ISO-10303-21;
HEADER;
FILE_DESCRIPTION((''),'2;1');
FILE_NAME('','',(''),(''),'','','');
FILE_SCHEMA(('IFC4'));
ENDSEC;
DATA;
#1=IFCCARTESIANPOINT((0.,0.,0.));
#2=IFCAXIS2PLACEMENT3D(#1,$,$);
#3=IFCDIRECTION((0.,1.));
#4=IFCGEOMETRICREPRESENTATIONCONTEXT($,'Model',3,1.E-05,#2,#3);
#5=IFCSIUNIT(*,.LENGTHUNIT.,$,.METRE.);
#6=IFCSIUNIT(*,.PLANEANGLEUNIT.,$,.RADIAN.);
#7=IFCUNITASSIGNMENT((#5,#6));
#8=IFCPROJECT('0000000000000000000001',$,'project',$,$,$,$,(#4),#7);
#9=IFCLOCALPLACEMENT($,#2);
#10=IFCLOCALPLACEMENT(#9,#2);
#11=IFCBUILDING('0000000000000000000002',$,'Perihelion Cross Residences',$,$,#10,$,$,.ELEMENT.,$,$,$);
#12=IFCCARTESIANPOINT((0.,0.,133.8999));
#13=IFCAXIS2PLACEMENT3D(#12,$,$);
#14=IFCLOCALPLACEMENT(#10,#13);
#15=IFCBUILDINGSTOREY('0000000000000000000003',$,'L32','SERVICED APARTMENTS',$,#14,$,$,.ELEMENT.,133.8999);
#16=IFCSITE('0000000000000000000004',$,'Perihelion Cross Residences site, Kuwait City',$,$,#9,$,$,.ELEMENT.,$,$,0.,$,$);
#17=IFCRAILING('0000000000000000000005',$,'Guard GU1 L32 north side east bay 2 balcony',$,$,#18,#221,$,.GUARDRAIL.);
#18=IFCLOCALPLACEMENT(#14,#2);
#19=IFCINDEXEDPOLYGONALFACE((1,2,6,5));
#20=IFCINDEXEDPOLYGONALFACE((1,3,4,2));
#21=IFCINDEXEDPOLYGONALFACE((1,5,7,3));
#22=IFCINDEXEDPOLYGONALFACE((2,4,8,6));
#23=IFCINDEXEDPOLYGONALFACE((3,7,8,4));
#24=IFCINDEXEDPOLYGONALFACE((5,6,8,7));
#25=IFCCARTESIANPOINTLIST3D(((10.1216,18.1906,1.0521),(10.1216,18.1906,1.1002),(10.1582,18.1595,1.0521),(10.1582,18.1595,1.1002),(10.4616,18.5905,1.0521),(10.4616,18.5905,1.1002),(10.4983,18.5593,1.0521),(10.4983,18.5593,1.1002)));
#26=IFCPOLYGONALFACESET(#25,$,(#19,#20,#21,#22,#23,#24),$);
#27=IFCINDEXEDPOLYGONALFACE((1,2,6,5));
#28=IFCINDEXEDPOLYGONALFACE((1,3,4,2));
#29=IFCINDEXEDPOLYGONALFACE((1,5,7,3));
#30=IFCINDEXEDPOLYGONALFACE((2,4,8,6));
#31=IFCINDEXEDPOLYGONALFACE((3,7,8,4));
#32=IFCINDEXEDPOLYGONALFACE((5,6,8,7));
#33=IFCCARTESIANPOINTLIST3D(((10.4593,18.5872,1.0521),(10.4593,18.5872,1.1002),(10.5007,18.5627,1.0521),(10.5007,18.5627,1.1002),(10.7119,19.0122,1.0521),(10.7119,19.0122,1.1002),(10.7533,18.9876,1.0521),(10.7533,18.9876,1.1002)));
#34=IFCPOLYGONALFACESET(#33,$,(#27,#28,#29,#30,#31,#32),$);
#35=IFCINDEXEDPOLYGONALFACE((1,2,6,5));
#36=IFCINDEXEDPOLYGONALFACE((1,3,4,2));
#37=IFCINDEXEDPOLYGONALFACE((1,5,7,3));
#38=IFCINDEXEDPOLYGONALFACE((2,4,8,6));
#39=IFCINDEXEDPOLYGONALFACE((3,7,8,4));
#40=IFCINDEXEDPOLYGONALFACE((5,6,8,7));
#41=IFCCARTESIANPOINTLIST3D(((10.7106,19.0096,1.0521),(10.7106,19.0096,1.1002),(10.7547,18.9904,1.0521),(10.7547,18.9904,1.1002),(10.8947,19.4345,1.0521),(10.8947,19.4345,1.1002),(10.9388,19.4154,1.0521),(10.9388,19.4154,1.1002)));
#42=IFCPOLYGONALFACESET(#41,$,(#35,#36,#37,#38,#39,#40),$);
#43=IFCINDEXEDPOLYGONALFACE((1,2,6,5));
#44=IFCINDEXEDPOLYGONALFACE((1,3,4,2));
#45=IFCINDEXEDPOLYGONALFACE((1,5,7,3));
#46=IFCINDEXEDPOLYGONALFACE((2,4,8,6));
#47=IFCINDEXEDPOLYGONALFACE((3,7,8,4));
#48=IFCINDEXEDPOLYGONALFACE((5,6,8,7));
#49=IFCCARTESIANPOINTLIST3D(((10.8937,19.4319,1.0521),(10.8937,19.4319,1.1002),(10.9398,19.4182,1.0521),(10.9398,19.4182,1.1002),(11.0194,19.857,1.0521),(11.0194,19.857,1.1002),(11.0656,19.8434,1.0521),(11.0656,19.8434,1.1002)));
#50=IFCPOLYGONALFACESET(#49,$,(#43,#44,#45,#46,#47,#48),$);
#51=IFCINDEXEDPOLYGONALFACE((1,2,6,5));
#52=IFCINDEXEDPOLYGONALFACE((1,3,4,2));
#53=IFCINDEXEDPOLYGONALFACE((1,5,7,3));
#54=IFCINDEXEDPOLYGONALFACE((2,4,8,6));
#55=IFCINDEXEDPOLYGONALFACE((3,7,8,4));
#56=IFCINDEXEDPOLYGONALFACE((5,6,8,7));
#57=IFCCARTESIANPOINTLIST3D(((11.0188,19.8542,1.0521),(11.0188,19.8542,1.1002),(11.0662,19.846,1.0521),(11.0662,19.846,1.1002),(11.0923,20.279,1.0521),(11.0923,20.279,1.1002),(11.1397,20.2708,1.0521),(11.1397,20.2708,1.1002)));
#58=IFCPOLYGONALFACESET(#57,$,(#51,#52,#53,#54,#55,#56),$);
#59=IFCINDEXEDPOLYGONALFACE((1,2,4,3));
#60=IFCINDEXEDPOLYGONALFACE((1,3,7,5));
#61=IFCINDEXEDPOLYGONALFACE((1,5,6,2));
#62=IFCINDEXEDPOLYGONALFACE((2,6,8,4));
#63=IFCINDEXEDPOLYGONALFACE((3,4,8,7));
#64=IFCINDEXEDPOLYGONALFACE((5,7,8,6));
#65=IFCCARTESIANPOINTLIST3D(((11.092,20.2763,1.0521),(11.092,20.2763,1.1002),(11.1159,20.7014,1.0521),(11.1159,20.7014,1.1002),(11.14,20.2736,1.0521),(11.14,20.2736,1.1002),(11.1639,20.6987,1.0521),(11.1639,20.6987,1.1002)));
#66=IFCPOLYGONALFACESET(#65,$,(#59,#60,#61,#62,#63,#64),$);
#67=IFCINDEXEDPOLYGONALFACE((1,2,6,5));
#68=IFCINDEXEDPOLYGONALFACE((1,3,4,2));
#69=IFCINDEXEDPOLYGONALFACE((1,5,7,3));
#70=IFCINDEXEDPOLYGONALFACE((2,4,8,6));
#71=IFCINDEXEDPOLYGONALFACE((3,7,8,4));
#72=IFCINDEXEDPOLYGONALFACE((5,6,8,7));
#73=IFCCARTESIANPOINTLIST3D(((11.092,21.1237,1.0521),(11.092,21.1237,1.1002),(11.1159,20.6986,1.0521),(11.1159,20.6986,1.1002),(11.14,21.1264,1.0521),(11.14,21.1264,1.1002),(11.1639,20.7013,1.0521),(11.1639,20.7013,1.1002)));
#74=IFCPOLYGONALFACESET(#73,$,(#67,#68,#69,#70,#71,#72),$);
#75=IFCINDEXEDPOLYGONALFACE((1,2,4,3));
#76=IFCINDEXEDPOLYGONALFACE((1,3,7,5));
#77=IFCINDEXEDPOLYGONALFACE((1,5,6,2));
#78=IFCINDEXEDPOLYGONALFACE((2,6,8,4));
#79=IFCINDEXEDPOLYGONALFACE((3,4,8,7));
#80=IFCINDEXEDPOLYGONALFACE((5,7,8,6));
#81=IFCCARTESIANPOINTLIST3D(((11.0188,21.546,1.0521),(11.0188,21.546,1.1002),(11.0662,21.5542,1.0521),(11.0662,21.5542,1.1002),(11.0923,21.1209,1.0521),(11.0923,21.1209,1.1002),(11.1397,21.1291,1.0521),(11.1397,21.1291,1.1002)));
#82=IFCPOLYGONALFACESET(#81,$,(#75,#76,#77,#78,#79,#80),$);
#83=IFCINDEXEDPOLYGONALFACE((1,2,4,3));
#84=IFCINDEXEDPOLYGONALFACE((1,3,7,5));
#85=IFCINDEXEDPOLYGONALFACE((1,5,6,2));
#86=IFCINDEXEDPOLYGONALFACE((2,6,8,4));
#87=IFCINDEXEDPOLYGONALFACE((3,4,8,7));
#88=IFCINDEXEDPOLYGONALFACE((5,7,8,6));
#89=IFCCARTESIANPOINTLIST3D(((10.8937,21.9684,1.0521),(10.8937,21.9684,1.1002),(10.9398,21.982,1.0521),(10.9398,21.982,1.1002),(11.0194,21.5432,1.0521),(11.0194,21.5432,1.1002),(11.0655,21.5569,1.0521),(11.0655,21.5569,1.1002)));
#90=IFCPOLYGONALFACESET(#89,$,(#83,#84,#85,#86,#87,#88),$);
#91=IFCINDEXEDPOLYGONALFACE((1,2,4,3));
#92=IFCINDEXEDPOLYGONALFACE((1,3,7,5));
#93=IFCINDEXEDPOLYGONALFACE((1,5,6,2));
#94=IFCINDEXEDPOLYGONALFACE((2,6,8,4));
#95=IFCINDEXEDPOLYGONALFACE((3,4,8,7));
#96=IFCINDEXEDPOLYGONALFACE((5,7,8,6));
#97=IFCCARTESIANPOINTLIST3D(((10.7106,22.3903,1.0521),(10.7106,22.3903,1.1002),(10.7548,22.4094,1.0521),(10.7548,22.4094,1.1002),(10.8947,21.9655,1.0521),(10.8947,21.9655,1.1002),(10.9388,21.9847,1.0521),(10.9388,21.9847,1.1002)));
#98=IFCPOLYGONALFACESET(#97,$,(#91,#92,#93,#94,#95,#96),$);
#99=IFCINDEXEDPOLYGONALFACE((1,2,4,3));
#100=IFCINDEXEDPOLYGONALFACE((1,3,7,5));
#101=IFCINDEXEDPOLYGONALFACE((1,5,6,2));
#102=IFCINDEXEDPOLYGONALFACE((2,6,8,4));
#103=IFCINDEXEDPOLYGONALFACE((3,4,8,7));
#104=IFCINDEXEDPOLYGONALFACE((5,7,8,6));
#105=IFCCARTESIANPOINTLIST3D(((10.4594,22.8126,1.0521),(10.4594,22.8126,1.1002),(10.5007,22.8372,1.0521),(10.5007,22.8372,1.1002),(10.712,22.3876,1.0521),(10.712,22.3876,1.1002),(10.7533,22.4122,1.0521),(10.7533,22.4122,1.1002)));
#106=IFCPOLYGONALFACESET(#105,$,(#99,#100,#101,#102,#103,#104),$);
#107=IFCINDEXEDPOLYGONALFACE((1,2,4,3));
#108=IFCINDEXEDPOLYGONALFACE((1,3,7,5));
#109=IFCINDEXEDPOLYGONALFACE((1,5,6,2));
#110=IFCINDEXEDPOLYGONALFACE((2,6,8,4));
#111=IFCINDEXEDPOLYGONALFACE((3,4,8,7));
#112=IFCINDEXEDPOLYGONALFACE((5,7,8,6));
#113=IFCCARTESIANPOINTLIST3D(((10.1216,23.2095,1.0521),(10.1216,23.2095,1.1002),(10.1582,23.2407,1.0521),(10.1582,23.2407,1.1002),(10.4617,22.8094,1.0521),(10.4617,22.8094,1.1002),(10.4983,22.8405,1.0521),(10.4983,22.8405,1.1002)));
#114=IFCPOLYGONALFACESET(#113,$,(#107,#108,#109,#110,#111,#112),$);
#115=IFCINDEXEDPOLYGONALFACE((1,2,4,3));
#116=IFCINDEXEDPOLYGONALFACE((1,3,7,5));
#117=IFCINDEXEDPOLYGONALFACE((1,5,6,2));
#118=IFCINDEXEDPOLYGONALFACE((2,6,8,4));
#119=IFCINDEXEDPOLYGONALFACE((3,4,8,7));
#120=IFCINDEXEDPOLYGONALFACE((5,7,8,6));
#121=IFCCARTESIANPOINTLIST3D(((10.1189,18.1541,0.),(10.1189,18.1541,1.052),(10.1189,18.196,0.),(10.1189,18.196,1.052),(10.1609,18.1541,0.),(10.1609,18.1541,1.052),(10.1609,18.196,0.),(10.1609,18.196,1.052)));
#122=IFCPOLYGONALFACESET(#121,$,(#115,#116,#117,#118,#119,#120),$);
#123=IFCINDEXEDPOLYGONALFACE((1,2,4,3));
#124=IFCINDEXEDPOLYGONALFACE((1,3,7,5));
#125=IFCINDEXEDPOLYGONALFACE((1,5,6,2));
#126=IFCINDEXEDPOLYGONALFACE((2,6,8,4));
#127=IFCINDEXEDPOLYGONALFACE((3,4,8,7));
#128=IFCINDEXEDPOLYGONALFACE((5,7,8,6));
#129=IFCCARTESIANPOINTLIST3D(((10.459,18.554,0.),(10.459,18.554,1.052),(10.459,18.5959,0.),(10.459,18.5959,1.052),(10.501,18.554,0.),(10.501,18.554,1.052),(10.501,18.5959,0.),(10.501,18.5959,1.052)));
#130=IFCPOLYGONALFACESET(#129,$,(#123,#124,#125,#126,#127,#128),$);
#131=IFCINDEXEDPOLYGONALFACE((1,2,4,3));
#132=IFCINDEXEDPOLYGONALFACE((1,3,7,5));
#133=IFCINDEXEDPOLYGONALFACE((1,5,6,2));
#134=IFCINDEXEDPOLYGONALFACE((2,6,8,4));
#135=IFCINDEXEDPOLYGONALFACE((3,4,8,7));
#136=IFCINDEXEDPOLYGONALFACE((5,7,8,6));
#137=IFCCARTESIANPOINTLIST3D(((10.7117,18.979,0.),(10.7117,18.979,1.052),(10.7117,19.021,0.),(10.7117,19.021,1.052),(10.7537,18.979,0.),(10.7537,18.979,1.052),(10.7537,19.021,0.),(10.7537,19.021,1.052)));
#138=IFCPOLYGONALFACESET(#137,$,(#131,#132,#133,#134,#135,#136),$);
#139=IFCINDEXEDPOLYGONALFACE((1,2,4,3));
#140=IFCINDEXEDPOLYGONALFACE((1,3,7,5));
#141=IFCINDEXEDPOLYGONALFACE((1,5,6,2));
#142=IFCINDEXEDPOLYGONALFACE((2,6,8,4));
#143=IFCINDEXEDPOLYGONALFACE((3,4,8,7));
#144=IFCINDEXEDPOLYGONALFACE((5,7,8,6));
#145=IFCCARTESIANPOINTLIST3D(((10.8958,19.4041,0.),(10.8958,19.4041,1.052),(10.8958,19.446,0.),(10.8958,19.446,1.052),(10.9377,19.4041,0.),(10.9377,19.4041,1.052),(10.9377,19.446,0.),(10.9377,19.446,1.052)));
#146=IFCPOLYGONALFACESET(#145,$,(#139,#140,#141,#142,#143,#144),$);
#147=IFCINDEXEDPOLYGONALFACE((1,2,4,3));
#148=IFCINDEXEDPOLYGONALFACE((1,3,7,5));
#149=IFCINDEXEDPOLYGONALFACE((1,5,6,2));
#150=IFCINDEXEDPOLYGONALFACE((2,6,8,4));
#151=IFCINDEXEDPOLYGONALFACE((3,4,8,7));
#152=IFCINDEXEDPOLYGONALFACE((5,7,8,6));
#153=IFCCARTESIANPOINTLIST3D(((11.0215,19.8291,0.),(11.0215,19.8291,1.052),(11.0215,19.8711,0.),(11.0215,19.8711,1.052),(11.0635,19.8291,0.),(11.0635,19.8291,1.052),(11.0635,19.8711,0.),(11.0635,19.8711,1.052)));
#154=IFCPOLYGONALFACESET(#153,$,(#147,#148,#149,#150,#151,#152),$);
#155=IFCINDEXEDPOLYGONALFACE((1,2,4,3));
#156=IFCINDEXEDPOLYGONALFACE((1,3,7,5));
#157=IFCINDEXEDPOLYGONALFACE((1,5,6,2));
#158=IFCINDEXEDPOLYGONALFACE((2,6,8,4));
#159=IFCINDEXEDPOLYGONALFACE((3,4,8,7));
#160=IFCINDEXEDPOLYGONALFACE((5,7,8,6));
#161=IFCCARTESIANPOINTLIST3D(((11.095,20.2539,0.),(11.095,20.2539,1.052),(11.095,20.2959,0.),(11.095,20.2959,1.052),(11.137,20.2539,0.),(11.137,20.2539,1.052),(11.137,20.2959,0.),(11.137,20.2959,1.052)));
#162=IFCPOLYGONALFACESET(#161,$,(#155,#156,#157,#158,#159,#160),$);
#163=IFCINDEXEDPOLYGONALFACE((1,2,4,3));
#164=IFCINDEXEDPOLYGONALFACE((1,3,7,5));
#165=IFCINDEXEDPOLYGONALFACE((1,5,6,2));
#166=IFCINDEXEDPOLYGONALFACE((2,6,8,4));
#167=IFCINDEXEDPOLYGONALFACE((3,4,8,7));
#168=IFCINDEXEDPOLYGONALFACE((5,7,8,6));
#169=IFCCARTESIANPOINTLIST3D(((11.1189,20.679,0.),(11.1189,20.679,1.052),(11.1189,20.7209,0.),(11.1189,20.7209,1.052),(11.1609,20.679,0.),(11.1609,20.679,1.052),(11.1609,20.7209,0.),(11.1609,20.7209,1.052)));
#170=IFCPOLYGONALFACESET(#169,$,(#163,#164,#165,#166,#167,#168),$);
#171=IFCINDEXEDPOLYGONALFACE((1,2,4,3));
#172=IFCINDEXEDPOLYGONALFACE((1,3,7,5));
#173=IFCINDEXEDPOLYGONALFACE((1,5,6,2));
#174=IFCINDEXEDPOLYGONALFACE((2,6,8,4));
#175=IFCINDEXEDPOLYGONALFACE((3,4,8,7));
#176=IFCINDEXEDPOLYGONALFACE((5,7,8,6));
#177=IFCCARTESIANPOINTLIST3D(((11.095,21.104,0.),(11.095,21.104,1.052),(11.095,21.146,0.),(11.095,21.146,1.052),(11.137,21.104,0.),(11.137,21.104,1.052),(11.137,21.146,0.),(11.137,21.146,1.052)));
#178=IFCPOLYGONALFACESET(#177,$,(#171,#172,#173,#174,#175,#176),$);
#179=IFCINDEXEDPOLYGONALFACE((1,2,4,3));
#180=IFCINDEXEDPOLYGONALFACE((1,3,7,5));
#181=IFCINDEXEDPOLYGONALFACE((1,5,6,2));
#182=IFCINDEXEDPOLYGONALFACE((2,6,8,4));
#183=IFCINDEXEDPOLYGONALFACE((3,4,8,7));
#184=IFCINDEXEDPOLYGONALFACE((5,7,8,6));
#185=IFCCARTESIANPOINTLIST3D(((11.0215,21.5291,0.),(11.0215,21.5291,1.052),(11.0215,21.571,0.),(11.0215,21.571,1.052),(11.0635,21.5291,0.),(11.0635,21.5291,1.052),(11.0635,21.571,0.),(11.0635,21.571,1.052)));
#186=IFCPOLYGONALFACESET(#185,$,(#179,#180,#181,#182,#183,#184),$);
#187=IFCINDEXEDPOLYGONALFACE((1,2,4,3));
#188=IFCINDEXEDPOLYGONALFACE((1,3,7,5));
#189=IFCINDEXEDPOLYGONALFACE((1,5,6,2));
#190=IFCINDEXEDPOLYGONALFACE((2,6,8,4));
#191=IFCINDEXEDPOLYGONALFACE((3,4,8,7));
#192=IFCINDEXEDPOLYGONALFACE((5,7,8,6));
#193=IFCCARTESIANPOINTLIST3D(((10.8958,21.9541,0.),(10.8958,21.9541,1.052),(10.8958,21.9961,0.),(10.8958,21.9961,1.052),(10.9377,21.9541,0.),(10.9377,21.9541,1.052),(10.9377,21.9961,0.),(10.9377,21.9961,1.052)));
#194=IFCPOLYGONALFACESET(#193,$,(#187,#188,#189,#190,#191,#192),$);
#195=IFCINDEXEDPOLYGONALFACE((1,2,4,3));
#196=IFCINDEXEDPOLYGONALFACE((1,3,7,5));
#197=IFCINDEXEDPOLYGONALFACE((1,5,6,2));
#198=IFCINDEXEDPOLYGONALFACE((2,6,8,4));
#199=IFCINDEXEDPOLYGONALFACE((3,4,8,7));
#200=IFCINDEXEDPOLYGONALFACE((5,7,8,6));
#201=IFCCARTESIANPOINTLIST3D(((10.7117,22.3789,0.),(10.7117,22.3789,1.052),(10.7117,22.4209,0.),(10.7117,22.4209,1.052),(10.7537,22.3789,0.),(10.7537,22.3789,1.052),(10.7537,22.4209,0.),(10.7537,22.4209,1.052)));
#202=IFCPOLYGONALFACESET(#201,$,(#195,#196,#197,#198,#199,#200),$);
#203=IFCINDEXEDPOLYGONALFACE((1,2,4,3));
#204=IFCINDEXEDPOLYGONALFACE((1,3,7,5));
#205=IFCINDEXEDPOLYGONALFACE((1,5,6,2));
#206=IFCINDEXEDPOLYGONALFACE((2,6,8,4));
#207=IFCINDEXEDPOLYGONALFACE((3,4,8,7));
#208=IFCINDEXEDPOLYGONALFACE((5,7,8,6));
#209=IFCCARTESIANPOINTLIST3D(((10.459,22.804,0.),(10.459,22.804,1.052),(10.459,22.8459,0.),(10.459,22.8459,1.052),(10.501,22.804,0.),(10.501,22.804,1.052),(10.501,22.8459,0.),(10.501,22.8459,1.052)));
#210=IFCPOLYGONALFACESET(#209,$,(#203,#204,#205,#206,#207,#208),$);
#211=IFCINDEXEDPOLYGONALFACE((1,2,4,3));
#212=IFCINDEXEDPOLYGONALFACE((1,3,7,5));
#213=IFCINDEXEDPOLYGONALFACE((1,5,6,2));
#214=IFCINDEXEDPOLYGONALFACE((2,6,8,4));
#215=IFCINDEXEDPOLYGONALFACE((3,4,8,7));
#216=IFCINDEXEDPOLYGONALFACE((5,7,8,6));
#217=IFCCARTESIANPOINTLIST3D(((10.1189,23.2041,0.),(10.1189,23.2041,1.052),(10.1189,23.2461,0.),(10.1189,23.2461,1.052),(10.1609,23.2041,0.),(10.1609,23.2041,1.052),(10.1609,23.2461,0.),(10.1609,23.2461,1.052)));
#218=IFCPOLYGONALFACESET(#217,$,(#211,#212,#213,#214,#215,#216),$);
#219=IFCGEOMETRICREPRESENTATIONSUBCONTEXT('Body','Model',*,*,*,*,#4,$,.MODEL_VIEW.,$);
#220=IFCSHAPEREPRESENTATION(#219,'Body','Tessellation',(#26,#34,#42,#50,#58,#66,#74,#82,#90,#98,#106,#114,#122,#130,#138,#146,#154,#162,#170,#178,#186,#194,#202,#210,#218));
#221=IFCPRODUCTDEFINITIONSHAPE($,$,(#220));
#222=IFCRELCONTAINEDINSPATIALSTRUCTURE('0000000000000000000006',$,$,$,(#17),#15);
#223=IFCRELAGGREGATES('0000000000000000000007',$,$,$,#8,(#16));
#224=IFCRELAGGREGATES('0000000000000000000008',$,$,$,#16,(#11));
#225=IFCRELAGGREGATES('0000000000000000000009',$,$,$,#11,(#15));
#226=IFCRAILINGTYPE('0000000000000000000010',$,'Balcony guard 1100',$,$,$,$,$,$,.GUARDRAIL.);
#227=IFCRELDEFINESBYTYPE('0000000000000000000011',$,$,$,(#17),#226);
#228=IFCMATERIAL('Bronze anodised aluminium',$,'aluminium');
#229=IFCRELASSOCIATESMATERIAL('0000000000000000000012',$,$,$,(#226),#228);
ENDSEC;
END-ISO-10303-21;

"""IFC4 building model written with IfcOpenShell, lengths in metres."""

from ifc_helpers import new_model, si_unit, direction, frame, origin, origin_2d, place, context, subcontext, project, spatial, rectangle, extrude, material, type_object, element, save


model = new_model("IFC4")

# Units and contexts
model_context = context("Model", 3, precision=1e-05, world=origin(), true_north=direction((0.0, 1.0)))
body_context = subcontext(model_context, "Body", "Model", "MODEL_VIEW")
ifc_project = project(units=[si_unit("LENGTHUNIT", "METRE"), si_unit("PLANEANGLEUNIT", "RADIAN")], contexts=[model_context])

# Site, building, storey
site_placement = place(None, origin())
site = spatial("IfcSite", under=ifc_project, at=site_placement, Name="Perihelion Cross Residences site, Kuwait City", CompositionType="ELEMENT", RefElevation=0.0)
building_placement = place(site_placement, origin())
building = spatial("IfcBuilding", under=site, at=building_placement, Name="Perihelion Cross Residences", CompositionType="ELEMENT")
storey_placement = place(building_placement, frame((0.0, 0.0, 133.8999)))
storey = spatial("IfcBuildingStorey", under=building, at=storey_placement, Name="L32", Description="SERVICED APARTMENTS", CompositionType="ELEMENT", Elevation=133.8999)

# Railing
ifc_material_1 = material(Name="Bronze anodised aluminium", Category="aluminium")
railing_type = type_object("IfcRailingType", Name="Balcony guard 1100", PredefinedType="GUARDRAIL", material=ifc_material_1)
railing_1_placement = place(storey_placement, frame((10.1399, 18.175, 0.0)))
element("IfcRailing", 1, at=railing_1_placement, inside=storey, type_object=railing_type, Name="Guard GU1 L32 north side east bay 2 balcony", PredefinedType="GUARDRAIL", context=body_context, shape_type="SweptSolid", body=[
    extrude(rectangle(XDim=0.0481, YDim=0.0481, at=origin_2d()), frame((0.0, 0.0, 1.0762), z_axis=(0.647837, 0.761779, 0.0), x_axis=(-0.761779, 0.647837, 0.0)), (0.0, 0.0, 1.0), 0.5249),
    extrude(rectangle(XDim=0.0481, YDim=0.0481, at=origin_2d()), frame((0.3401, 0.3999, 1.0762), z_axis=(0.511006, 0.859577, 0.0), x_axis=(-0.859577, 0.511006, 0.0)), (0.0, 0.0, 1.0), 0.4944),
    extrude(rectangle(XDim=0.0481, YDim=0.0481, at=origin_2d()), frame((0.5928, 0.825, 1.0762), z_axis=(0.397415, 0.917639, 0.0), x_axis=(-0.917639, 0.397415, 0.0)), (0.0, 0.0, 1.0), 0.4631),
    extrude(rectangle(XDim=0.0481, YDim=0.0481, at=origin_2d()), frame((0.7769, 1.25, 1.0762), z_axis=(0.283657, 0.958926, 0.0), x_axis=(-0.958926, 0.283657, 0.0)), (0.0, 0.0, 1.0), 0.4434),
    extrude(rectangle(XDim=0.0481, YDim=0.0481, at=origin_2d()), frame((0.9026, 1.675, 1.0762), z_axis=(0.170457, 0.985365, 0.0), x_axis=(-0.985365, 0.170457, 0.0)), (0.0, 0.0, 1.0), 0.4312),
    extrude(rectangle(XDim=0.0481, YDim=0.0481, at=origin_2d()), frame((0.9761, 2.0999, 1.0762), z_axis=(0.056201, 0.99842, 0.0), x_axis=(-0.99842, 0.056201, 0.0)), (0.0, 0.0, 1.0), 0.4258),
    extrude(rectangle(XDim=0.0481, YDim=0.0481, at=origin_2d()), frame((1.0, 2.5249, 1.0762), z_axis=(-0.056201, 0.99842, 0.0), x_axis=(-0.99842, -0.056201, 0.0)), (0.0, 0.0, 1.0), 0.4258),
    extrude(rectangle(XDim=0.0481, YDim=0.0481, at=origin_2d()), frame((0.9761, 2.95, 1.0762), z_axis=(-0.170362, 0.985382, 0.0), x_axis=(-0.985382, -0.170362, 0.0)), (0.0, 0.0, 1.0), 0.4314),
    extrude(rectangle(XDim=0.0481, YDim=0.0481, at=origin_2d()), frame((0.9026, 3.375, 1.0762), z_axis=(-0.283657, 0.958926, 0.0), x_axis=(-0.958926, -0.283657, 0.0)), (0.0, 0.0, 1.0), 0.4434),
    extrude(rectangle(XDim=0.0481, YDim=0.0481, at=origin_2d()), frame((0.7769, 3.8, 1.0762), z_axis=(-0.397607, 0.917556, 0.0), x_axis=(-0.917556, -0.397607, 0.0)), (0.0, 0.0, 1.0), 0.4629),
    extrude(rectangle(XDim=0.0481, YDim=0.0481, at=origin_2d()), frame((0.5928, 4.2249, 1.0762), z_axis=(-0.511006, 0.859577, 0.0), x_axis=(-0.859577, -0.511006, 0.0)), (0.0, 0.0, 1.0), 0.4944),
    extrude(rectangle(XDim=0.0481, YDim=0.0481, at=origin_2d()), frame((0.3401, 4.6499, 1.0762), z_axis=(-0.647608, 0.761974, 0.0), x_axis=(-0.761974, -0.647608, 0.0)), (0.0, 0.0, 1.0), 0.5251),
    extrude(rectangle(XDim=0.042, YDim=0.042, at=origin_2d()), origin(), (0.0, 0.0, 1.0), 1.052),
    extrude(rectangle(XDim=0.042, YDim=0.042, at=origin_2d()), frame((0.3401, 0.3999, 0.0)), (0.0, 0.0, 1.0), 1.052),
    extrude(rectangle(XDim=0.042, YDim=0.042, at=origin_2d()), frame((0.5928, 0.825, 0.0)), (0.0, 0.0, 1.0), 1.052),
    extrude(rectangle(XDim=0.042, YDim=0.042, at=origin_2d()), frame((0.7769, 1.25, 0.0)), (0.0, 0.0, 1.0), 1.052),
    extrude(rectangle(XDim=0.042, YDim=0.042, at=origin_2d()), frame((0.9026, 1.675, 0.0)), (0.0, 0.0, 1.0), 1.052),
    extrude(rectangle(XDim=0.042, YDim=0.042, at=origin_2d()), frame((0.9761, 2.0999, 0.0)), (0.0, 0.0, 1.0), 1.052),
    extrude(rectangle(XDim=0.042, YDim=0.042, at=origin_2d()), frame((1.0, 2.5249, 0.0)), (0.0, 0.0, 1.0), 1.052),
    extrude(rectangle(XDim=0.042, YDim=0.042, at=origin_2d()), frame((0.9761, 2.95, 0.0)), (0.0, 0.0, 1.0), 1.052),
    extrude(rectangle(XDim=0.042, YDim=0.042, at=origin_2d()), frame((0.9026, 3.375, 0.0)), (0.0, 0.0, 1.0), 1.052),
    extrude(rectangle(XDim=0.042, YDim=0.042, at=origin_2d()), frame((0.7769, 3.8, 0.0)), (0.0, 0.0, 1.0), 1.052),
    extrude(rectangle(XDim=0.042, YDim=0.042, at=origin_2d()), frame((0.5928, 4.2249, 0.0)), (0.0, 0.0, 1.0), 1.052),
    extrude(rectangle(XDim=0.042, YDim=0.042, at=origin_2d()), frame((0.3401, 4.6499, 0.0)), (0.0, 0.0, 1.0), 1.052),
    extrude(rectangle(XDim=0.042, YDim=0.042, at=origin_2d()), frame((0.0, 5.05, 0.0)), (0.0, 0.0, 1.0), 1.052),
])

save(model, "model.ifc")
